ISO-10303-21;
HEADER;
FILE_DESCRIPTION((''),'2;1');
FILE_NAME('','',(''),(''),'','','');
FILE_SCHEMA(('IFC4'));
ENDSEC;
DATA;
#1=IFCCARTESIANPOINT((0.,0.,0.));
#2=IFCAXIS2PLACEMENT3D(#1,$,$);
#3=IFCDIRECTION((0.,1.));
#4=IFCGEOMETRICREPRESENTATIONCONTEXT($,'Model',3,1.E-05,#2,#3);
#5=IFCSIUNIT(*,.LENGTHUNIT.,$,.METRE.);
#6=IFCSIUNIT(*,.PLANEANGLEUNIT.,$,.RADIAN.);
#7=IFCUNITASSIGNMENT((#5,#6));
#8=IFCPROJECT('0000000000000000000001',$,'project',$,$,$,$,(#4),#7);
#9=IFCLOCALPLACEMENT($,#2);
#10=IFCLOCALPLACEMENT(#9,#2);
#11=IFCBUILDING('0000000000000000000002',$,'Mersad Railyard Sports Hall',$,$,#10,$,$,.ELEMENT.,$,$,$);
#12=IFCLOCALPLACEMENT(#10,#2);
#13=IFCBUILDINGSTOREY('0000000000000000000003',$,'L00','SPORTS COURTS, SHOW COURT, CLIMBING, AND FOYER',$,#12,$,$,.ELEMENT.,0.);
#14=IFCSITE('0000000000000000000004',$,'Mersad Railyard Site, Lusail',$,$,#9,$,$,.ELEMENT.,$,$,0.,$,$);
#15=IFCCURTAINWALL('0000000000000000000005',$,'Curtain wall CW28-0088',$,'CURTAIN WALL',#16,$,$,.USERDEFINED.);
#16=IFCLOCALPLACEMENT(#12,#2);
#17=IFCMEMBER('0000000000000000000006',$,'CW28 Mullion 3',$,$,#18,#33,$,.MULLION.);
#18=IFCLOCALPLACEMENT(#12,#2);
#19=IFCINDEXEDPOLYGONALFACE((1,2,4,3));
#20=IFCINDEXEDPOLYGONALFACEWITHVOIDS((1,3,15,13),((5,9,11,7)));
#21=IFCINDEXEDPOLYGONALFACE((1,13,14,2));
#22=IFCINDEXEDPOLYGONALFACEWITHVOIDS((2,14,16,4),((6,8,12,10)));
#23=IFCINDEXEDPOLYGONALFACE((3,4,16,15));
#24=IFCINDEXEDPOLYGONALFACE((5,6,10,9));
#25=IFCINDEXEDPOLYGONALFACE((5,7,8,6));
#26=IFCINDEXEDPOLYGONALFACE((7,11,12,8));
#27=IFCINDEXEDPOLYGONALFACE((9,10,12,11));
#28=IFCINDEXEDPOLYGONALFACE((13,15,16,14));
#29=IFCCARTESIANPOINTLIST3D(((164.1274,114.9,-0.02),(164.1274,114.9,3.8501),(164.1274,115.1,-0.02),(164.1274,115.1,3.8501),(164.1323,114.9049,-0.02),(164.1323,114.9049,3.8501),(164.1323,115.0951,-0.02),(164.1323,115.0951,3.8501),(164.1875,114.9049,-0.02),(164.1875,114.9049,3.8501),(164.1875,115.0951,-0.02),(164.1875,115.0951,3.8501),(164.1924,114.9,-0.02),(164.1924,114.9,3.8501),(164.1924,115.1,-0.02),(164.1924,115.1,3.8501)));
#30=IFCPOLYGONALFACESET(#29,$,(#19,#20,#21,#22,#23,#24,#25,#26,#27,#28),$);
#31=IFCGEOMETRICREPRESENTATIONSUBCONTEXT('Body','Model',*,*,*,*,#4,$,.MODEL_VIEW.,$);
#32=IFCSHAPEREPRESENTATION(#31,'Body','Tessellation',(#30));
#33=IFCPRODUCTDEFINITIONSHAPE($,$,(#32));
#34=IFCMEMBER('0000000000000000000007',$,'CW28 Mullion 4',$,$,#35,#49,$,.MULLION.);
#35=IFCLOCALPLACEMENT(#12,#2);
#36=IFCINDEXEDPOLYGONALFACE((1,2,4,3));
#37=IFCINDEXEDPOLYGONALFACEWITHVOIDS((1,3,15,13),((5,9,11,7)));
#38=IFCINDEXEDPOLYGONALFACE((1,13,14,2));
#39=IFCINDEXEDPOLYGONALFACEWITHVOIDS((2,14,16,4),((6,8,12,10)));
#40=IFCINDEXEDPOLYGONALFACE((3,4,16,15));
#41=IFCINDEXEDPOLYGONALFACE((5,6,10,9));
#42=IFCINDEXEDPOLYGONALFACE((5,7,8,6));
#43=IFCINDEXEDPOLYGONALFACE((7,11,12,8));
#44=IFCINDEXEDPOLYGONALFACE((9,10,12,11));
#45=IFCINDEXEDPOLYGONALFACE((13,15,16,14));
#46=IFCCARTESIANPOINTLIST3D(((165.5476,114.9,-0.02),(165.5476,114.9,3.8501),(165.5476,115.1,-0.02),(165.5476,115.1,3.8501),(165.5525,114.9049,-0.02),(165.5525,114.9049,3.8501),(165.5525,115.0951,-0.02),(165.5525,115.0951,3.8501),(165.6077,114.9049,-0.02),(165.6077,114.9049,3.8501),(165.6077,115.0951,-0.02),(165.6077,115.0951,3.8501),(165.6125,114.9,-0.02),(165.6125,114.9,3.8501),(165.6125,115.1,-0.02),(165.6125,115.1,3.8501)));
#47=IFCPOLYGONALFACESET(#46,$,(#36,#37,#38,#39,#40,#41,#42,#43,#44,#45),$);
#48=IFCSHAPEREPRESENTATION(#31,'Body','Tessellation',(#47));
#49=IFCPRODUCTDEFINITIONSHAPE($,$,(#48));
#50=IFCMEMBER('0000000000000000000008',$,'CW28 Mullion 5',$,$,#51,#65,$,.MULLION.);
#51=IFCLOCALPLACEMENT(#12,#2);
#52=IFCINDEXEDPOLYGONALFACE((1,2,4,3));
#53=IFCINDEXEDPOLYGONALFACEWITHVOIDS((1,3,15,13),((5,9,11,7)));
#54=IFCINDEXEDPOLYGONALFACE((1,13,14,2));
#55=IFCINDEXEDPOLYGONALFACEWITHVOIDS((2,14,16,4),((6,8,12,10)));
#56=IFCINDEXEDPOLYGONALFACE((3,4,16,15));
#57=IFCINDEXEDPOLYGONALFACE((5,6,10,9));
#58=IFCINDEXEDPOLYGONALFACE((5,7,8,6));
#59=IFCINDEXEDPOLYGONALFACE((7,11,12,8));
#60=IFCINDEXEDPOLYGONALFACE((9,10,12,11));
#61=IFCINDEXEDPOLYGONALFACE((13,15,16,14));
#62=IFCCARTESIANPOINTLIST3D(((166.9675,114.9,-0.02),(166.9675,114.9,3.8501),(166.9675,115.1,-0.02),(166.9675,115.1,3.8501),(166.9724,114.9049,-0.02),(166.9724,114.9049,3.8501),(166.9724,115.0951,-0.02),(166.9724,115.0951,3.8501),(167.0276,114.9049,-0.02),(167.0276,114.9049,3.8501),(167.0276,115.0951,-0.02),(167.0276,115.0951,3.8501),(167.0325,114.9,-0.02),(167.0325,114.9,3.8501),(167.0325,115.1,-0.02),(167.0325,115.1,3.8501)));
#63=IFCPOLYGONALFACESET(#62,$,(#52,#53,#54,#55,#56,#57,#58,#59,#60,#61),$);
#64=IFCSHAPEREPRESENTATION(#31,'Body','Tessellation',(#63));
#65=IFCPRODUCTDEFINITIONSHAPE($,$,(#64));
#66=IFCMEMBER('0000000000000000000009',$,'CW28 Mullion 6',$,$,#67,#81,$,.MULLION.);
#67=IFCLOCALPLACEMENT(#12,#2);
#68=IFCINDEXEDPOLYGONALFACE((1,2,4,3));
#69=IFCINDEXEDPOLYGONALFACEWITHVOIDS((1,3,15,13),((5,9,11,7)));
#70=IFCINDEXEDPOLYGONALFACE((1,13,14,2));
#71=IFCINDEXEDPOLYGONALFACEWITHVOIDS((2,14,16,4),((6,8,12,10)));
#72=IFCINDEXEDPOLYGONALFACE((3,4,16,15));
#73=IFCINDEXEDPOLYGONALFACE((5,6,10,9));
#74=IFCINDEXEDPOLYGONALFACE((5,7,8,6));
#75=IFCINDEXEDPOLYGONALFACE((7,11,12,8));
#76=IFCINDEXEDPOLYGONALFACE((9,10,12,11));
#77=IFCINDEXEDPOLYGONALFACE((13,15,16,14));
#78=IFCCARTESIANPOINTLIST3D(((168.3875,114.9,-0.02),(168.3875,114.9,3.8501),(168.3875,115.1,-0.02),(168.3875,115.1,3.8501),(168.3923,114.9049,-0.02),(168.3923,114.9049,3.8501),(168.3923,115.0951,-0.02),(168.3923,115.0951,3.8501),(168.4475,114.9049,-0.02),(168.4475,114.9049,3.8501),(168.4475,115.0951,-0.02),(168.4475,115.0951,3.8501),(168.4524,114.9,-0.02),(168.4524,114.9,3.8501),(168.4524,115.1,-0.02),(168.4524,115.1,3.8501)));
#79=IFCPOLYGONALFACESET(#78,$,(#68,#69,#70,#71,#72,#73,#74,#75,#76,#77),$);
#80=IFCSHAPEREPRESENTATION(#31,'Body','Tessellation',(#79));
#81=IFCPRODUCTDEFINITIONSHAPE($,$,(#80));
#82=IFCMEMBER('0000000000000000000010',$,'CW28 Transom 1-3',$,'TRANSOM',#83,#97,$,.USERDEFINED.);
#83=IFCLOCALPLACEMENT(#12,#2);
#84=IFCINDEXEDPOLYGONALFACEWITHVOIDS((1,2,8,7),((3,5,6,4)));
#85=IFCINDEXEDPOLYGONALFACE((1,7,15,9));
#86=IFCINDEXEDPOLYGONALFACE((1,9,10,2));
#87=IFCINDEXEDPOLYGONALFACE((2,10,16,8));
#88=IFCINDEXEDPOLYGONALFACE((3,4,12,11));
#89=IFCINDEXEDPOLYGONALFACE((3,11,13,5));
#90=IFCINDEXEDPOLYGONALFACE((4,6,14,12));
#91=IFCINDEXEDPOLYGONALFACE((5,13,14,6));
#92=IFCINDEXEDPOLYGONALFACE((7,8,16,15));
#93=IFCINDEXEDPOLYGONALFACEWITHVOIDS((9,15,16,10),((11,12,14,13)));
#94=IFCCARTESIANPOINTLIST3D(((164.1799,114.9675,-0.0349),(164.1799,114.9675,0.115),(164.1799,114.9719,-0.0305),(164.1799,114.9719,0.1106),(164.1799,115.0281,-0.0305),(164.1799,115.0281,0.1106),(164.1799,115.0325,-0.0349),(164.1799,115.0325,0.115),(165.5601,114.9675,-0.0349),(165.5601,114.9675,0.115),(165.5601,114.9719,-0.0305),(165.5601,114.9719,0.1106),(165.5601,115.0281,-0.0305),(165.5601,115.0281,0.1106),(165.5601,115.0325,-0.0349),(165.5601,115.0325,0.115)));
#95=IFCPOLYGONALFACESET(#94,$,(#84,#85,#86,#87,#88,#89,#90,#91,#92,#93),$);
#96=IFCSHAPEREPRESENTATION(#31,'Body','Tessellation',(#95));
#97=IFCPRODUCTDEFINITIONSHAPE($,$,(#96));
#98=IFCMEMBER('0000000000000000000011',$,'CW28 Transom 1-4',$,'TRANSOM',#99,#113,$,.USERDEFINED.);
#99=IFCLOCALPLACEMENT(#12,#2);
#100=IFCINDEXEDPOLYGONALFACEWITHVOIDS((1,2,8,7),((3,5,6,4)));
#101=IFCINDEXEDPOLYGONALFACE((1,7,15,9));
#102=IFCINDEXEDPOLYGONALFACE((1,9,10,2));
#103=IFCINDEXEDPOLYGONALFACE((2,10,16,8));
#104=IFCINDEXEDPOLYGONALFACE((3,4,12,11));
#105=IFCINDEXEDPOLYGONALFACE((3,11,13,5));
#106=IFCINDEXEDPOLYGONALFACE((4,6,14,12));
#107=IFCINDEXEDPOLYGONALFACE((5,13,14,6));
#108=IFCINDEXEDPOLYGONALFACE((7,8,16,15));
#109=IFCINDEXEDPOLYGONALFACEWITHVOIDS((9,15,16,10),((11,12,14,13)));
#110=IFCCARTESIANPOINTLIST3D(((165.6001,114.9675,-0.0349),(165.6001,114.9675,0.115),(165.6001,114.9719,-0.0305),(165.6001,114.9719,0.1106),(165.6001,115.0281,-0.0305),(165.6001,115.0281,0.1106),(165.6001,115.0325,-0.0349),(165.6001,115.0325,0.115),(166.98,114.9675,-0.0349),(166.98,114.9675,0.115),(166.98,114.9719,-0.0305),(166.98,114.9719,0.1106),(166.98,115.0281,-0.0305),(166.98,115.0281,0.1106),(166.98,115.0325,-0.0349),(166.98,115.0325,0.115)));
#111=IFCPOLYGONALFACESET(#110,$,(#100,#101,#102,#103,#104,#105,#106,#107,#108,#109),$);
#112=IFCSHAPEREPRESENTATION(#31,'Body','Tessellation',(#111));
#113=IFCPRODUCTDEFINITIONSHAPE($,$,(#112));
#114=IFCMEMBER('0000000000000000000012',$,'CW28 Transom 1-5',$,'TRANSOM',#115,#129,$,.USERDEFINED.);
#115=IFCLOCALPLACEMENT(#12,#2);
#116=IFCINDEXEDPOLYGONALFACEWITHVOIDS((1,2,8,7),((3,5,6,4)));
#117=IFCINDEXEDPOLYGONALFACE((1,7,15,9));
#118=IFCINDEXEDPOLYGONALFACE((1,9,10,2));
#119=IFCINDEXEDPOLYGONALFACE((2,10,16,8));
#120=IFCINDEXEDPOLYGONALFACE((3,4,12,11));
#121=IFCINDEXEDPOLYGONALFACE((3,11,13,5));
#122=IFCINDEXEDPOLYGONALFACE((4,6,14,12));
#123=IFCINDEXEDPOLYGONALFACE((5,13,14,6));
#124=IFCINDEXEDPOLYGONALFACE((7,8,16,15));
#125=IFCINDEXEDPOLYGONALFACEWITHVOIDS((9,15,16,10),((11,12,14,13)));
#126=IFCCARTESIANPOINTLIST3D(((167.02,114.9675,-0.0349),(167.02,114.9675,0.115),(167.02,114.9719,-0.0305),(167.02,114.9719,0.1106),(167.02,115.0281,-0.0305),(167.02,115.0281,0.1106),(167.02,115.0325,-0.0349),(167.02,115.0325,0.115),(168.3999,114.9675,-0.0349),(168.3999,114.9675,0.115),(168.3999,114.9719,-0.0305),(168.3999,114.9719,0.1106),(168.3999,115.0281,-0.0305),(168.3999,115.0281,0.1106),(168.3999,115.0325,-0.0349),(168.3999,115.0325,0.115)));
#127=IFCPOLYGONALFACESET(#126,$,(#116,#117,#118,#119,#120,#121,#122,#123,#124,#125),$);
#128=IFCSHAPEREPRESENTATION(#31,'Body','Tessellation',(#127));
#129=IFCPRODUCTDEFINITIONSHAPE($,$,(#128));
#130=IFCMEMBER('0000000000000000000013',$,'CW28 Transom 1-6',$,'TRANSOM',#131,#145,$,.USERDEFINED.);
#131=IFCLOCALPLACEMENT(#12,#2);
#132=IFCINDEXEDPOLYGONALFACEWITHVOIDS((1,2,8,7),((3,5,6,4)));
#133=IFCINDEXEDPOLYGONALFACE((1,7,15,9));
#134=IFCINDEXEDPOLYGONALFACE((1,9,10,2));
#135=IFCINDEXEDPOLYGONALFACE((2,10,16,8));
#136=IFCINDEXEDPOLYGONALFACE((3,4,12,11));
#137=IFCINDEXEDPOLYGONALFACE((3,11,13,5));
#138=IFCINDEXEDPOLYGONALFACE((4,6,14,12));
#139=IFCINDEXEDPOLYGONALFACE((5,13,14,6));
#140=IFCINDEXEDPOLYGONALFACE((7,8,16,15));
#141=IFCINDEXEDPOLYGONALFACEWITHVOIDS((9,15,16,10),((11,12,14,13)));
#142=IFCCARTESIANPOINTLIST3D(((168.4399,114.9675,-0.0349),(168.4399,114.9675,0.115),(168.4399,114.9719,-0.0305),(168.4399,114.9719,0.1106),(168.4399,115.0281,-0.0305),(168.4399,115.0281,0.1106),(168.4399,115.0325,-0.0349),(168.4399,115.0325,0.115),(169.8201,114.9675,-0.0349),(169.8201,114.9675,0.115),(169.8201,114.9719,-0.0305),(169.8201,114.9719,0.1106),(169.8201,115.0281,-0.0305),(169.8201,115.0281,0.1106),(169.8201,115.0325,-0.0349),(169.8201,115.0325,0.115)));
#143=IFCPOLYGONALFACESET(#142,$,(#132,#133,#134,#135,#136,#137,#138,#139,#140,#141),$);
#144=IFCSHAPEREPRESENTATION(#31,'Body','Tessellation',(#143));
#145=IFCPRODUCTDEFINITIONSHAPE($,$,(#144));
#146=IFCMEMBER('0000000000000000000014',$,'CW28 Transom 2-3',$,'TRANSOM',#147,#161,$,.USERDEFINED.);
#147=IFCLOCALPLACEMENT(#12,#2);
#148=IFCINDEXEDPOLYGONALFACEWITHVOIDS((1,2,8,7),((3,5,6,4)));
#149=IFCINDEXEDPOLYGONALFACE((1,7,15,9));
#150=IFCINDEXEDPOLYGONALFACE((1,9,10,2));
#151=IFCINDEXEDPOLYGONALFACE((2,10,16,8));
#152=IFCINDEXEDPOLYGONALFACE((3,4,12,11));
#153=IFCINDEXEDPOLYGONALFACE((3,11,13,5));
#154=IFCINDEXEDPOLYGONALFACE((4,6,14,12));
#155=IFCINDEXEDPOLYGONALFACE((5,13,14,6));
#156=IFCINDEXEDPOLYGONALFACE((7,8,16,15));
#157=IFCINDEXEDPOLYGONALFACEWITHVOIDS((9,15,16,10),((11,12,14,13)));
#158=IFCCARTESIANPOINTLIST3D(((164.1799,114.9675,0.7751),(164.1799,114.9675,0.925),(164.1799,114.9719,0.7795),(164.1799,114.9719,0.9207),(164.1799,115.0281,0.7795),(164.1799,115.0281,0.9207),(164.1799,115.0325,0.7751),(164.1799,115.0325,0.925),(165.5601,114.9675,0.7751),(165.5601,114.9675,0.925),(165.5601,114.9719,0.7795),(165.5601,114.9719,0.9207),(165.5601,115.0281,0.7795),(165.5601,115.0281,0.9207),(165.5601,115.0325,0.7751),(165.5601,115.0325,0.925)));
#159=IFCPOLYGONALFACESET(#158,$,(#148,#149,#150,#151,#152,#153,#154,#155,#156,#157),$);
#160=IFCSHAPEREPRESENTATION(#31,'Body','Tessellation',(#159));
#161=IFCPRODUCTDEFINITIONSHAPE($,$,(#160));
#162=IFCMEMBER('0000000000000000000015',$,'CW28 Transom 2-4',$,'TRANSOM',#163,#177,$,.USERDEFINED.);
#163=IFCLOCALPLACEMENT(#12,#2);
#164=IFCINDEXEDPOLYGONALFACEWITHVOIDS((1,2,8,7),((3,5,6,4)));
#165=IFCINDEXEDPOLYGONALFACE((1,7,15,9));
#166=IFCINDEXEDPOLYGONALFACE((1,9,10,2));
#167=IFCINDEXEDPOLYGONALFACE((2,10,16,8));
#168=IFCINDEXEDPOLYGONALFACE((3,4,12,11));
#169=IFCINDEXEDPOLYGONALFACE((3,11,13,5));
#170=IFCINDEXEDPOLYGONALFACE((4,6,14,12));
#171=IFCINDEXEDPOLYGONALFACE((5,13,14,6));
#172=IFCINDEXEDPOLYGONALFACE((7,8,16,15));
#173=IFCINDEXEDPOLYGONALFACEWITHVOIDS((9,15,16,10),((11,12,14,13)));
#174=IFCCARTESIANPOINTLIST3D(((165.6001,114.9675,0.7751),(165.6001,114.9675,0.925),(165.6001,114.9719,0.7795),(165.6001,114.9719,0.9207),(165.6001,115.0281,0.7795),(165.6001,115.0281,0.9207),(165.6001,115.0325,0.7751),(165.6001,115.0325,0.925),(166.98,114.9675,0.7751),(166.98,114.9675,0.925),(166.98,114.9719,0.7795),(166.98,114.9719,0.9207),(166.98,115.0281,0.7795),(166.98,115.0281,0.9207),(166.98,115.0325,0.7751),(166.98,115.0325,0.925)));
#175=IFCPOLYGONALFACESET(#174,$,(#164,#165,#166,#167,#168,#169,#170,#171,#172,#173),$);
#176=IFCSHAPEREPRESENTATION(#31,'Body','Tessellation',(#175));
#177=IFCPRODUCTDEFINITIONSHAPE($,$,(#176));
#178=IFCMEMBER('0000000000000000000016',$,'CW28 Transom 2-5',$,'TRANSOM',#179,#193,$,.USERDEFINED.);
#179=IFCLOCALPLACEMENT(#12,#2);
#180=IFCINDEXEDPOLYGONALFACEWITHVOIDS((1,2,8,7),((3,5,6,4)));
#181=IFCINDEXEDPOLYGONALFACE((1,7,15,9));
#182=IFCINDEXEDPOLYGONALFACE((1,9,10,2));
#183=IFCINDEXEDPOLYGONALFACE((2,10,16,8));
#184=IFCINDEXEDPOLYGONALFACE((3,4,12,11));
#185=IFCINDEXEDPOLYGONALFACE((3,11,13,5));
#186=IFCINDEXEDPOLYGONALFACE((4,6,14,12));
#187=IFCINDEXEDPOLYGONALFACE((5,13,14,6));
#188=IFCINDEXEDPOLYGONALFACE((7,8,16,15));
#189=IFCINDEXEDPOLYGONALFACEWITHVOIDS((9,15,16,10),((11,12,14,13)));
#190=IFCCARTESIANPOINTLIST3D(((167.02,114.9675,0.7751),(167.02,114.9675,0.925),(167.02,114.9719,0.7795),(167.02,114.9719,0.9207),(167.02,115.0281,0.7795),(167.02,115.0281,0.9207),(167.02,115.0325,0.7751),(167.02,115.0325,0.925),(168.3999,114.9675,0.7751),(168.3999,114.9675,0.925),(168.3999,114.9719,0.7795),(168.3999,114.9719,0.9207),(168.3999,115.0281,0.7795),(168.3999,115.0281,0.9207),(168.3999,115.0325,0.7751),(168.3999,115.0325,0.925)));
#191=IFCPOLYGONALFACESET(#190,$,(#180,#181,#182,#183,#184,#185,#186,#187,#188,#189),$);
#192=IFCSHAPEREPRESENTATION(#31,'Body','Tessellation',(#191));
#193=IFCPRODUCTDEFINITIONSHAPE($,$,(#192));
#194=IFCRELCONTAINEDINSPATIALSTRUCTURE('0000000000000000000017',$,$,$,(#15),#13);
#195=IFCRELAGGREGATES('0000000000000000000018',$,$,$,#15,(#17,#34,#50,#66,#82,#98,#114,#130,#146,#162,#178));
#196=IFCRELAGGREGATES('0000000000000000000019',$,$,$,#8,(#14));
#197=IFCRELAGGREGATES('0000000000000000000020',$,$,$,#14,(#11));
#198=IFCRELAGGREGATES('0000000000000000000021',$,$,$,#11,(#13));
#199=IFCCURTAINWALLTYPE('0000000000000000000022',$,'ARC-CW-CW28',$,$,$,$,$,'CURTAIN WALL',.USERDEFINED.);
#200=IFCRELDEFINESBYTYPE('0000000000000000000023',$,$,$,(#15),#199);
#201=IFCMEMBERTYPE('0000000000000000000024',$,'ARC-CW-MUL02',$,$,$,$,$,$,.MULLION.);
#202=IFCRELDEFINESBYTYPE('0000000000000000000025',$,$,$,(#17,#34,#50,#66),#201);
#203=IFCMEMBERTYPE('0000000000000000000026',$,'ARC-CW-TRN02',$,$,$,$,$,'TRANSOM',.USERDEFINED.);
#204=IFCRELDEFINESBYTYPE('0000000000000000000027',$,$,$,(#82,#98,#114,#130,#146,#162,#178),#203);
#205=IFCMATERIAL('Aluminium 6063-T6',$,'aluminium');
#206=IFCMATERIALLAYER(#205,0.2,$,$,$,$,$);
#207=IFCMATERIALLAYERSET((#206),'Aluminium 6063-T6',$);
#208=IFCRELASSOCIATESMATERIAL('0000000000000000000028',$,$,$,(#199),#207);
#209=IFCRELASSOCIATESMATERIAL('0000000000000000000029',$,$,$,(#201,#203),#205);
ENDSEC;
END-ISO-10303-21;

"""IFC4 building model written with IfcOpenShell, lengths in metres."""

from ifc_helpers import new_model, si_unit, direction, frame, origin, origin_2d, place, context, subcontext, project, spatial, hollow_rectangle, extrude, material, layer, layer_set, material_profile, profile_set, type_object, element, aggregate, save


model = new_model("IFC4")

# Units and contexts
model_context = context("Model", 3, precision=1e-05, world=origin(), true_north=direction((0.0, 1.0)))
body_context = subcontext(model_context, "Body", "Model", "MODEL_VIEW")
ifc_project = project(units=[si_unit("LENGTHUNIT", "METRE"), si_unit("PLANEANGLEUNIT", "RADIAN")], contexts=[model_context])

# Site, building, storey
site_placement = place(None, origin())
site = spatial("IfcSite", under=ifc_project, at=site_placement, Name="Mersad Railyard Site, Lusail", CompositionType="ELEMENT", RefElevation=0.0)
building_placement = place(site_placement, origin())
building = spatial("IfcBuilding", under=site, at=building_placement, Name="Mersad Railyard Sports Hall", CompositionType="ELEMENT")
storey_placement = place(building_placement, origin())
storey = spatial("IfcBuildingStorey", under=building, at=storey_placement, Name="L00", Description="SPORTS COURTS, SHOW COURT, CLIMBING, AND FOYER", CompositionType="ELEMENT", Elevation=0.0)

# Curtain wall, members
ifc_material_1 = material(Name="Aluminium 6063-T6", Category="aluminium")
ifc_layer_1 = layer(ifc_material_1, 0.2)
ifc_layer_set_1 = layer_set([ifc_layer_1], Name="Aluminium 6063-T6")
curtain_wall_type = type_object("IfcCurtainWallType", Name="ARC-CW-CW28", ElementType="CURTAIN WALL", PredefinedType="USERDEFINED", material=ifc_layer_set_1)
curtain_wall_placement = place(storey_placement, origin())
curtain_wall = element("IfcCurtainWall", 1, at=curtain_wall_placement, inside=storey, type_object=curtain_wall_type, Name="Curtain wall CW28-0088", ObjectType="CURTAIN WALL", PredefinedType="USERDEFINED")
ifc_material_profile_1 = material_profile(ifc_material_1, hollow_rectangle(XDim=0.0649, YDim=0.2, WallThickness=0.0049, at=origin_2d()), Name="AL MULLION 65x200x5")
ifc_profile_set_1 = profile_set([ifc_material_profile_1], Name="Aluminium 6063-T6")
member_type_1 = type_object("IfcMemberType", Name="ARC-CW-MUL02", PredefinedType="MULLION", material=ifc_profile_set_1)
member_1_placement = place(storey_placement, frame((164.1599, 115.0, -0.02), z_axis=(0.0, 0.0, 1.0), x_axis=(1.0, 0.0, 0.0)))
member_1 = element("IfcMember", 2, at=member_1_placement, type_object=member_type_1, Name="CW28 Mullion 3", PredefinedType="MULLION", context=body_context, shape_type="SweptSolid", body=[
    extrude(hollow_rectangle(XDim=0.0649, YDim=0.2, WallThickness=0.0049, at=origin_2d()), origin(), (0.0, 0.0, 1.0), 3.8701),
])
member_2_placement = place(storey_placement, frame((165.5801, 115.0, -0.02), z_axis=(0.0, 0.0, 1.0), x_axis=(1.0, 0.0, 0.0)))
member_2 = element("IfcMember", 3, at=member_2_placement, type_object=member_type_1, Name="CW28 Mullion 4", PredefinedType="MULLION", context=body_context, shape_type="SweptSolid", body=[
    extrude(hollow_rectangle(XDim=0.0649, YDim=0.2, WallThickness=0.0049, at=origin_2d()), origin(), (0.0, 0.0, 1.0), 3.8701),
])
member_3_placement = place(storey_placement, frame((167.0, 115.0, -0.02), z_axis=(0.0, 0.0, 1.0), x_axis=(1.0, 0.0, 0.0)))
member_3 = element("IfcMember", 4, at=member_3_placement, type_object=member_type_1, Name="CW28 Mullion 5", PredefinedType="MULLION", context=body_context, shape_type="SweptSolid", body=[
    extrude(hollow_rectangle(XDim=0.0649, YDim=0.2, WallThickness=0.0049, at=origin_2d()), origin(), (0.0, 0.0, 1.0), 3.8701),
])
member_4_placement = place(storey_placement, frame((168.4199, 115.0, -0.02), z_axis=(0.0, 0.0, 1.0), x_axis=(1.0, 0.0, 0.0)))
member_4 = element("IfcMember", 5, at=member_4_placement, type_object=member_type_1, Name="CW28 Mullion 6", PredefinedType="MULLION", context=body_context, shape_type="SweptSolid", body=[
    extrude(hollow_rectangle(XDim=0.0649, YDim=0.2, WallThickness=0.0049, at=origin_2d()), origin(), (0.0, 0.0, 1.0), 3.8701),
])
ifc_material_profile_2 = material_profile(ifc_material_1, hollow_rectangle(XDim=0.0649, YDim=0.1499, WallThickness=0.0044, at=origin_2d()), Name="AL TRANSOM 65x150x4.5")
ifc_profile_set_2 = profile_set([ifc_material_profile_2], Name="Aluminium 6063-T6")
member_type_2 = type_object("IfcMemberType", Name="ARC-CW-TRN02", ElementType="TRANSOM", PredefinedType="USERDEFINED", material=ifc_profile_set_2)
member_5_placement = place(storey_placement, frame((164.1799, 115.0, 0.04), z_axis=(1.0, 0.0, 0.0), x_axis=(0.0, 1.0, 0.0)))
member_5 = element("IfcMember", 6, at=member_5_placement, type_object=member_type_2, Name="CW28 Transom 1-3", ObjectType="TRANSOM", PredefinedType="USERDEFINED", context=body_context, shape_type="SweptSolid", body=[
    extrude(hollow_rectangle(XDim=0.0649, YDim=0.1499, WallThickness=0.0044, at=origin_2d()), origin(), (0.0, 0.0, 1.0), 1.3801),
])
member_6_placement = place(storey_placement, frame((165.6001, 115.0, 0.04), z_axis=(1.0, 0.0, 0.0), x_axis=(0.0, 1.0, 0.0)))
member_6 = element("IfcMember", 7, at=member_6_placement, type_object=member_type_2, Name="CW28 Transom 1-4", ObjectType="TRANSOM", PredefinedType="USERDEFINED", context=body_context, shape_type="SweptSolid", body=[
    extrude(hollow_rectangle(XDim=0.0649, YDim=0.1499, WallThickness=0.0044, at=origin_2d()), origin(), (0.0, 0.0, 1.0), 1.3799),
])
member_7_placement = place(storey_placement, frame((167.02, 115.0, 0.04), z_axis=(1.0, 0.0, 0.0), x_axis=(0.0, 1.0, 0.0)))
member_7 = element("IfcMember", 8, at=member_7_placement, type_object=member_type_2, Name="CW28 Transom 1-5", ObjectType="TRANSOM", PredefinedType="USERDEFINED", context=body_context, shape_type="SweptSolid", body=[
    extrude(hollow_rectangle(XDim=0.0649, YDim=0.1499, WallThickness=0.0044, at=origin_2d()), origin(), (0.0, 0.0, 1.0), 1.3799),
])
member_8_placement = place(storey_placement, frame((168.4399, 115.0, 0.04), z_axis=(1.0, 0.0, 0.0), x_axis=(0.0, 1.0, 0.0)))
member_8 = element("IfcMember", 9, at=member_8_placement, type_object=member_type_2, Name="CW28 Transom 1-6", ObjectType="TRANSOM", PredefinedType="USERDEFINED", context=body_context, shape_type="SweptSolid", body=[
    extrude(hollow_rectangle(XDim=0.0649, YDim=0.1499, WallThickness=0.0044, at=origin_2d()), origin(), (0.0, 0.0, 1.0), 1.3801),
])
member_9_placement = place(storey_placement, frame((164.1799, 115.0, 0.8501), z_axis=(1.0, 0.0, 0.0), x_axis=(0.0, 1.0, 0.0)))
member_9 = element("IfcMember", 10, at=member_9_placement, type_object=member_type_2, Name="CW28 Transom 2-3", ObjectType="TRANSOM", PredefinedType="USERDEFINED", context=body_context, shape_type="SweptSolid", body=[
    extrude(hollow_rectangle(XDim=0.0649, YDim=0.1499, WallThickness=0.0044, at=origin_2d()), origin(), (0.0, 0.0, 1.0), 1.3801),
])
member_10_placement = place(storey_placement, frame((165.6001, 115.0, 0.8501), z_axis=(1.0, 0.0, 0.0), x_axis=(0.0, 1.0, 0.0)))
member_10 = element("IfcMember", 11, at=member_10_placement, type_object=member_type_2, Name="CW28 Transom 2-4", ObjectType="TRANSOM", PredefinedType="USERDEFINED", context=body_context, shape_type="SweptSolid", body=[
    extrude(hollow_rectangle(XDim=0.0649, YDim=0.1499, WallThickness=0.0044, at=origin_2d()), origin(), (0.0, 0.0, 1.0), 1.3799),
])
member_11_placement = place(storey_placement, frame((167.02, 115.0, 0.8501), z_axis=(1.0, 0.0, 0.0), x_axis=(0.0, 1.0, 0.0)))
member_11 = element("IfcMember", 12, at=member_11_placement, type_object=member_type_2, Name="CW28 Transom 2-5", ObjectType="TRANSOM", PredefinedType="USERDEFINED", context=body_context, shape_type="SweptSolid", body=[
    extrude(hollow_rectangle(XDim=0.0649, YDim=0.1499, WallThickness=0.0044, at=origin_2d()), origin(), (0.0, 0.0, 1.0), 1.3799),
])
aggregate(curtain_wall, [member_1, member_2, member_3, member_4, member_5, member_6, member_7, member_8, member_9, member_10, member_11])

save(model, "model.ifc")
